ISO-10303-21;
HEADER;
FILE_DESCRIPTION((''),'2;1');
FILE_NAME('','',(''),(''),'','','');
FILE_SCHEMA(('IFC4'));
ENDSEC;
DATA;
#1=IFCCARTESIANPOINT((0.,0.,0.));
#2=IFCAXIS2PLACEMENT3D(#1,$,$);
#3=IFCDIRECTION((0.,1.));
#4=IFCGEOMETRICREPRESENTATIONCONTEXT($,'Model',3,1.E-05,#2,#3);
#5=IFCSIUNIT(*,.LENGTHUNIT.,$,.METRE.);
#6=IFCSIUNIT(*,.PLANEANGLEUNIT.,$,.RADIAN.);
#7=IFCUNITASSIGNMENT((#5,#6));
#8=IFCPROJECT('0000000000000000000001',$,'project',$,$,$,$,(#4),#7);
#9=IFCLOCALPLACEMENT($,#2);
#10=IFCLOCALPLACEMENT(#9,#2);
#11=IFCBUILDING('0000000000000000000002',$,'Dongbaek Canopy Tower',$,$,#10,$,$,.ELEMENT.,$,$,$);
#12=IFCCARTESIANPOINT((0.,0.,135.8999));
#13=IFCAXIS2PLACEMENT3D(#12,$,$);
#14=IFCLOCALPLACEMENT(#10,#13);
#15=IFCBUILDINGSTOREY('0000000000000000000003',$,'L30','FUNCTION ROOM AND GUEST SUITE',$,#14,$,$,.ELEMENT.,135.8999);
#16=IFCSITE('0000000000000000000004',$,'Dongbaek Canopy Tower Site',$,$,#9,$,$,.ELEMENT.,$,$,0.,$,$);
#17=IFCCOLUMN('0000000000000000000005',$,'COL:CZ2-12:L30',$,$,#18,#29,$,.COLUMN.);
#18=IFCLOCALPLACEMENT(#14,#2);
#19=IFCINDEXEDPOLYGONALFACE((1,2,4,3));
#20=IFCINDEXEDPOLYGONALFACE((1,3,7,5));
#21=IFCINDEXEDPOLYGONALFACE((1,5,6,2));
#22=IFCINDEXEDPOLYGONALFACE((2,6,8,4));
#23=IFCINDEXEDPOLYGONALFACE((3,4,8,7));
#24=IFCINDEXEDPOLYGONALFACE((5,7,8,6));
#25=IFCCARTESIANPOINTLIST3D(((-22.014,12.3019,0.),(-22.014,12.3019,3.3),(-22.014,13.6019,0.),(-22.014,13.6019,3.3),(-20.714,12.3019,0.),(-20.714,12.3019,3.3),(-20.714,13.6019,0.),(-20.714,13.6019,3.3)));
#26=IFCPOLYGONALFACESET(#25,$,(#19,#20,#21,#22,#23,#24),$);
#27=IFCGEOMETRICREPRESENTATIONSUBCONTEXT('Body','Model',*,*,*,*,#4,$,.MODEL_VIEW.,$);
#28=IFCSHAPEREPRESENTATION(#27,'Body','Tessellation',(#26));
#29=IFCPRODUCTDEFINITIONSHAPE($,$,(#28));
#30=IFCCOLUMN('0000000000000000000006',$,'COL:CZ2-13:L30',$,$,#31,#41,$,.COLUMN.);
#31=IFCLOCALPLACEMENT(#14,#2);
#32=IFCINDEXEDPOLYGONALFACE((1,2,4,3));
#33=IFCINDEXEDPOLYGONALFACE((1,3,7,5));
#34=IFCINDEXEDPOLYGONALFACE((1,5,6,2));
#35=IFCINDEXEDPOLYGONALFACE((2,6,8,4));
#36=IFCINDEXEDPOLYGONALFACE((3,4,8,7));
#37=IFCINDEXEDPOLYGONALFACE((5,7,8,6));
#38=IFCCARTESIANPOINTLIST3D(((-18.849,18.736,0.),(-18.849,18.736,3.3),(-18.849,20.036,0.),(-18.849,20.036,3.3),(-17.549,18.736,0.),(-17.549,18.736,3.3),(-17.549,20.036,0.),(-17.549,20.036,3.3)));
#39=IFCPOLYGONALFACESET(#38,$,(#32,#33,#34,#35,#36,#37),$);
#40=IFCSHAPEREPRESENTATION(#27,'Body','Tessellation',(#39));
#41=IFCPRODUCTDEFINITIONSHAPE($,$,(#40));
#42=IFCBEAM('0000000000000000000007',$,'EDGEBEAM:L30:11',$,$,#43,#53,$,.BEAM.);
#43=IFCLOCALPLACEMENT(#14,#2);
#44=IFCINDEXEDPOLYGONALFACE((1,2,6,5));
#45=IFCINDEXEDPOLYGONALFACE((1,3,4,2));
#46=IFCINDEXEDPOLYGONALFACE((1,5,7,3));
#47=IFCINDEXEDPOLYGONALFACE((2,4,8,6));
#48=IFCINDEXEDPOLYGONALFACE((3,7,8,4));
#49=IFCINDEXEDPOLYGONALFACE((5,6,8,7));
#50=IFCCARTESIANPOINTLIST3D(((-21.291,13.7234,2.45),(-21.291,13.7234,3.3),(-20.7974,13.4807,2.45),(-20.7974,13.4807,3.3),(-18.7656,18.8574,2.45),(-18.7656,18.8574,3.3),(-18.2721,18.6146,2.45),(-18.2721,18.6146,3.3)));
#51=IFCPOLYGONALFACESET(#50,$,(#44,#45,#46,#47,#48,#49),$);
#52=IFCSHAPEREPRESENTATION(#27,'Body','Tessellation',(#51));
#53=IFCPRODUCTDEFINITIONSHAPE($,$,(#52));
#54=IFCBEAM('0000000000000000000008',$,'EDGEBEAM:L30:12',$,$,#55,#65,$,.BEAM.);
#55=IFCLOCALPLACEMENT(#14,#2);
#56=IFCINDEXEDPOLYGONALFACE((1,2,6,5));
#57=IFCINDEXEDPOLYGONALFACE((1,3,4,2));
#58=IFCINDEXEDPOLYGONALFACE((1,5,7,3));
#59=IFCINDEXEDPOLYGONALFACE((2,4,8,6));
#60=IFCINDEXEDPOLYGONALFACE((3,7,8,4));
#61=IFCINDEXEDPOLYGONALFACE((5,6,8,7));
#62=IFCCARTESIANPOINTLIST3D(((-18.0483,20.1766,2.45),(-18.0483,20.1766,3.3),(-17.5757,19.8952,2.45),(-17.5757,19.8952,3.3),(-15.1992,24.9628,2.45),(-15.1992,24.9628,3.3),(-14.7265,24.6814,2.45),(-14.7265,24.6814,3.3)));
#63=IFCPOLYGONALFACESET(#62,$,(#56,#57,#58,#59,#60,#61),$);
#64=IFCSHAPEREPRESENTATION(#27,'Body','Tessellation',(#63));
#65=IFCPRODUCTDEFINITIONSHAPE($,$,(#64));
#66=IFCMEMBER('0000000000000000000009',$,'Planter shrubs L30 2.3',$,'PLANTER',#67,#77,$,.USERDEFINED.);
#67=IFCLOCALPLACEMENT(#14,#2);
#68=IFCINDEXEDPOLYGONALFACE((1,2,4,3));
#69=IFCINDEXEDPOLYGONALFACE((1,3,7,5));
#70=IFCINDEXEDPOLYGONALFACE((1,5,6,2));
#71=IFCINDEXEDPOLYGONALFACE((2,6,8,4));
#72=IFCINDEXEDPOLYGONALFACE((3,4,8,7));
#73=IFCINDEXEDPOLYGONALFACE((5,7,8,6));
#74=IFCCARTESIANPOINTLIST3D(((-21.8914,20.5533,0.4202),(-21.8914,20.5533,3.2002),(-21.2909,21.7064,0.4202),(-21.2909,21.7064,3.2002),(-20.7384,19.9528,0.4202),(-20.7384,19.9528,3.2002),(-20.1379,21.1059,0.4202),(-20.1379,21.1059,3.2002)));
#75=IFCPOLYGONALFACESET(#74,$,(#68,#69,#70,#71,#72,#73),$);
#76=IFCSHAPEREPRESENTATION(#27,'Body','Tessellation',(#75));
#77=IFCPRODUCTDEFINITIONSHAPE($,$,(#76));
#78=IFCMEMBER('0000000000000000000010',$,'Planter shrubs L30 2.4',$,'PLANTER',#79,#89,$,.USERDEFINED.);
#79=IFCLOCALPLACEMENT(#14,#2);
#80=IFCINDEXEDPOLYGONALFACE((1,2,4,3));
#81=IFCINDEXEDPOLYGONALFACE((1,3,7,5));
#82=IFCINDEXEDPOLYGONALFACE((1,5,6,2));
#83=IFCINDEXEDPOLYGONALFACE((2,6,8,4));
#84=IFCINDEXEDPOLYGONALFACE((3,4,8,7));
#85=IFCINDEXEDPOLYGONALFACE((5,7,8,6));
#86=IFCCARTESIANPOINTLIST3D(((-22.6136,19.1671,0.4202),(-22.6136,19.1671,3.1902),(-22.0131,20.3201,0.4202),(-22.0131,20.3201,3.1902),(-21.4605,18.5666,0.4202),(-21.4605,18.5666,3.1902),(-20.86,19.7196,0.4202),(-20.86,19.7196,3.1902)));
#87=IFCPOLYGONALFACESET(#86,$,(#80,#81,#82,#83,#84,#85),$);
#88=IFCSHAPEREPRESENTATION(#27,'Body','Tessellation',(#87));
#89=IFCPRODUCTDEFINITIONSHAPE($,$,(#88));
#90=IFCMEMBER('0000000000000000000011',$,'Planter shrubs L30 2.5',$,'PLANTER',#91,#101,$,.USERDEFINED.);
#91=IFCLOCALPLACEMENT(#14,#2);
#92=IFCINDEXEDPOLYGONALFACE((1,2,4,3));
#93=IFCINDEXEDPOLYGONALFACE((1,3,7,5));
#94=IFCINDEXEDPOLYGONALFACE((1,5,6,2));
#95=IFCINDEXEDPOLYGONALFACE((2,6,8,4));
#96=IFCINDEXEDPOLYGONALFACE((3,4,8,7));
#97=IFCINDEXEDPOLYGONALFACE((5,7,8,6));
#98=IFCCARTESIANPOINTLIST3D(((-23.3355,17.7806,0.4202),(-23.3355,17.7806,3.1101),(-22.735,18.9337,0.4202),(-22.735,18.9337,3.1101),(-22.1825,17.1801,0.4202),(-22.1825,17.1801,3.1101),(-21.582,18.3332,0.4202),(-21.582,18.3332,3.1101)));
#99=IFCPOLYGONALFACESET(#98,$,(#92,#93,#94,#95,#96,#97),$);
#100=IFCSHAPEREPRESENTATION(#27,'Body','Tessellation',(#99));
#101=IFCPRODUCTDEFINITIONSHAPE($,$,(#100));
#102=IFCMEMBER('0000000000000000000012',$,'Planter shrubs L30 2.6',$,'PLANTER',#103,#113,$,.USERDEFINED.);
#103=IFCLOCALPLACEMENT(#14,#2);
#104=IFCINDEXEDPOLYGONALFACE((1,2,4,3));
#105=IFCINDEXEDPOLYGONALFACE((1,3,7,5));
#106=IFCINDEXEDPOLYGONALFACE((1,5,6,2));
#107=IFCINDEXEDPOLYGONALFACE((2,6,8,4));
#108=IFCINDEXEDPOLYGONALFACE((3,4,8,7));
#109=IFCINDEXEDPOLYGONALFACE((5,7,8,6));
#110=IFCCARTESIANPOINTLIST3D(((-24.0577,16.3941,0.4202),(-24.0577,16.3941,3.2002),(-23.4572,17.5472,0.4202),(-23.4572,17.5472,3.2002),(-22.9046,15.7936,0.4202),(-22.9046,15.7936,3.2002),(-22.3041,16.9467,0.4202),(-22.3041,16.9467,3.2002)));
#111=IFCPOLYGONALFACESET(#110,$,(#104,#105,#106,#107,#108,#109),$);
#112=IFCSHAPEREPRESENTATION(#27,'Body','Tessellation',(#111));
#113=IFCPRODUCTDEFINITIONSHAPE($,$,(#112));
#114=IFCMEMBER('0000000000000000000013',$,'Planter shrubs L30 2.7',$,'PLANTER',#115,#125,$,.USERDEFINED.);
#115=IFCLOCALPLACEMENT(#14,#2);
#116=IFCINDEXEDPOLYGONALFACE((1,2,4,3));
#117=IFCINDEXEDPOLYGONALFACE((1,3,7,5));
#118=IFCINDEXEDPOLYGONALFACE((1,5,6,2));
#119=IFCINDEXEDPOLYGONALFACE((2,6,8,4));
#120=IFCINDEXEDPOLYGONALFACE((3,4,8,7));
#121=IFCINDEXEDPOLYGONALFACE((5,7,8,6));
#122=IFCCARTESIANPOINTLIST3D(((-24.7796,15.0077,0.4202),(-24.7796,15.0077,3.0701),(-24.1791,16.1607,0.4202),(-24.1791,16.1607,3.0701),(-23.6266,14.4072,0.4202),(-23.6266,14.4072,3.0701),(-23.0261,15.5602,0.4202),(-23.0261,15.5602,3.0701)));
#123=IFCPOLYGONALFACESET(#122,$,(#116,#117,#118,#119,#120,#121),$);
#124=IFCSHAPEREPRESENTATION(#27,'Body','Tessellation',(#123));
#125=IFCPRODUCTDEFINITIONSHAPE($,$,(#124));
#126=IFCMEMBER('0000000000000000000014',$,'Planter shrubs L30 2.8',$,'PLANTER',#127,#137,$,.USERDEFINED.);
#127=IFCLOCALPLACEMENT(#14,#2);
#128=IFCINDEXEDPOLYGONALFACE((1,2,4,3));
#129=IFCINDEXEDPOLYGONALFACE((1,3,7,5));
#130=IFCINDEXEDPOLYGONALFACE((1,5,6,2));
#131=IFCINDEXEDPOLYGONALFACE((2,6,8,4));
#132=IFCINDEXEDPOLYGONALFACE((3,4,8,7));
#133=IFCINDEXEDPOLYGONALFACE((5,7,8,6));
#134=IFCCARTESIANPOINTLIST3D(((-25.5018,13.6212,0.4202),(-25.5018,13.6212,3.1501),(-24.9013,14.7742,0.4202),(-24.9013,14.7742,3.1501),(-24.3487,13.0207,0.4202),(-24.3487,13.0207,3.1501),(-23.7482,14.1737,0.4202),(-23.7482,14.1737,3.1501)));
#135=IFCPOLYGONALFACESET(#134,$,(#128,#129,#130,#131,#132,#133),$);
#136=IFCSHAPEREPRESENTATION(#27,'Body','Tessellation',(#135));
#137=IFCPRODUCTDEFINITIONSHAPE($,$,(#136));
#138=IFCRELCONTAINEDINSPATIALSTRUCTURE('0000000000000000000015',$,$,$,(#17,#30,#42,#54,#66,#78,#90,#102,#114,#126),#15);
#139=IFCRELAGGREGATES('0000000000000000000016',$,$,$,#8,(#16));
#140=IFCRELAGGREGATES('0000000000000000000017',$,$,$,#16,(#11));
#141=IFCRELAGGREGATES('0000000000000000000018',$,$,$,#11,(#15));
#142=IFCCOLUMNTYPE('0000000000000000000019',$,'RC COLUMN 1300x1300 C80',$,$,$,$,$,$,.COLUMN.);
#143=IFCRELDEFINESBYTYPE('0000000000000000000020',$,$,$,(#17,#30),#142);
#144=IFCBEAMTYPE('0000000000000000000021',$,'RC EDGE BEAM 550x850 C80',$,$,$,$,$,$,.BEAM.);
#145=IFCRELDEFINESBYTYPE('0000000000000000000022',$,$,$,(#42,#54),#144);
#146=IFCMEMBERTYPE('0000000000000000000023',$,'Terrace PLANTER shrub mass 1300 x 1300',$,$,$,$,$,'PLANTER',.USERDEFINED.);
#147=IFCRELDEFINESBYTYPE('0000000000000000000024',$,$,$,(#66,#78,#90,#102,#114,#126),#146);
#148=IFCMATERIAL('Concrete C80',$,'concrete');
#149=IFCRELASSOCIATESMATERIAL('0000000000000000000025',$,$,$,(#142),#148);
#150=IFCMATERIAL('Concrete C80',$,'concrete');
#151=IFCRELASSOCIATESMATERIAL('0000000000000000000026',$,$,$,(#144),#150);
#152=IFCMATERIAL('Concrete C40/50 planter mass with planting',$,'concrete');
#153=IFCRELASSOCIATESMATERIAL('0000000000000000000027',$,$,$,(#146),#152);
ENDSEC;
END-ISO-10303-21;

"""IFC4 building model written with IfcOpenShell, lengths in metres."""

from ifc_helpers import new_model, si_unit, direction, frame, origin, origin_2d, place, context, subcontext, project, spatial, rectangle, extrude, material, material_profile, profile_set, type_object, element, save


model = new_model("IFC4")

# Units and contexts
model_context = context("Model", 3, precision=1e-05, world=origin(), true_north=direction((0.0, 1.0)))
body_context = subcontext(model_context, "Body", "Model", "MODEL_VIEW")
ifc_project = project(units=[si_unit("LENGTHUNIT", "METRE"), si_unit("PLANEANGLEUNIT", "RADIAN")], contexts=[model_context])

# Site, building, storey
site_placement = place(None, origin())
site = spatial("IfcSite", under=ifc_project, at=site_placement, Name="Dongbaek Canopy Tower Site", CompositionType="ELEMENT", RefElevation=0.0)
building_placement = place(site_placement, origin())
building = spatial("IfcBuilding", under=site, at=building_placement, Name="Dongbaek Canopy Tower", CompositionType="ELEMENT")
storey_placement = place(building_placement, frame((0.0, 0.0, 135.8999)))
storey = spatial("IfcBuildingStorey", under=building, at=storey_placement, Name="L30", Description="FUNCTION ROOM AND GUEST SUITE", CompositionType="ELEMENT", Elevation=135.8999)

# Columns
ifc_material_1 = material(Name="Concrete C80", Category="concrete")
ifc_material_profile_1 = material_profile(ifc_material_1, rectangle(XDim=1.3, YDim=1.3, at=origin_2d()), Name="RC COLUMN 1300x1300 C80")
ifc_profile_set_1 = profile_set([ifc_material_profile_1], Name="Concrete C80")
column_type = type_object("IfcColumnType", Name="RC COLUMN 1300x1300 C80", PredefinedType="COLUMN", material=ifc_profile_set_1)
for number, where, z_axis, x_axis, name in (
    (1, (-21.364, 12.9519, 0.0), (0.0, 0.0, 1.0), (1.0, 0.0, 0.0), "COL:CZ2-12:L30"),
    (2, (-18.199, 19.386, 0.0), (0.0, 0.0, 1.0), (1.0, 0.0, 0.0), "COL:CZ2-13:L30"),
):
    element("IfcColumn", number, at=place(storey_placement, frame(where, z_axis=z_axis, x_axis=x_axis)), inside=storey, type_object=column_type, Name=name, PredefinedType="COLUMN", context=body_context, shape_type="SweptSolid", body=[
        extrude(rectangle(XDim=1.3, YDim=1.3, at=origin_2d()), origin(), (0.0, 0.0, 1.0), 3.3),
    ])

# Beams
ifc_material_2 = material(Name="Concrete C80", Category="concrete")
ifc_material_profile_2 = material_profile(ifc_material_2, rectangle(XDim=0.55, YDim=0.8501, at=origin_2d()), Name="RC EDGE BEAM 550x850 C80")
ifc_profile_set_2 = profile_set([ifc_material_profile_2], Name="Concrete C80")
beam_type = type_object("IfcBeamType", Name="RC EDGE BEAM 550x850 C80", PredefinedType="BEAM", material=ifc_profile_set_2)
beam_1_placement = place(storey_placement, frame((-21.0442, 13.6021, 2.875), z_axis=(0.441384, 0.897318, 0.0), x_axis=(-0.897318, 0.441384, 0.0)))
element("IfcBeam", 3, at=beam_1_placement, inside=storey, type_object=beam_type, Name="EDGEBEAM:L30:11", PredefinedType="BEAM", context=body_context, shape_type="SweptSolid", body=[
    extrude(rectangle(XDim=0.55, YDim=0.8501, at=origin_2d()), origin(), (0.0, 0.0, 1.0), 5.7214),
])
beam_2_placement = place(storey_placement, frame((-17.812, 20.0359, 2.875), z_axis=(0.511515, 0.859275, 0.0), x_axis=(-0.859275, 0.511515, 0.0)))
element("IfcBeam", 4, at=beam_2_placement, inside=storey, type_object=beam_type, Name="EDGEBEAM:L30:12", PredefinedType="BEAM", context=body_context, shape_type="SweptSolid", body=[
    extrude(rectangle(XDim=0.55, YDim=0.8501, at=origin_2d()), origin(), (0.0, 0.0, 1.0), 5.5701),
])

# Members
ifc_material_3 = material(Name="Concrete C40/50 planter mass with planting", Category="concrete")
ifc_material_profile_3 = material_profile(ifc_material_3, rectangle(XDim=1.3, YDim=1.3, at=origin_2d()), Name="Terrace PLANTER shrub mass 1300 x 1300")
ifc_profile_set_3 = profile_set([ifc_material_profile_3], Name="Concrete C40/50 planter mass with planting")
member_type = type_object("IfcMemberType", Name="Terrace PLANTER shrub mass 1300 x 1300", ElementType="PLANTER", PredefinedType="USERDEFINED", material=ifc_profile_set_3)
member_1_placement = place(storey_placement, frame((-21.0146, 20.8296, 0.4202), z_axis=(0.0, 0.0, 1.0), x_axis=(-0.886927, 0.46191, 0.0)))
element("IfcMember", 5, at=member_1_placement, inside=storey, type_object=member_type, Name="Planter shrubs L30 2.3", ObjectType="PLANTER", PredefinedType="USERDEFINED", context=body_context, shape_type="SweptSolid", body=[
    extrude(rectangle(XDim=1.3, YDim=1.3, at=origin_2d()), origin(), (0.0, 0.0, 1.0), 2.78),
])
member_2_placement = place(storey_placement, frame((-21.7368, 19.4434, 0.4202), z_axis=(0.0, 0.0, 1.0), x_axis=(-0.886927, 0.46191, 0.0)))
element("IfcMember", 6, at=member_2_placement, inside=storey, type_object=member_type, Name="Planter shrubs L30 2.4", ObjectType="PLANTER", PredefinedType="USERDEFINED", context=body_context, shape_type="SweptSolid", body=[
    extrude(rectangle(XDim=1.3, YDim=1.3, at=origin_2d()), origin(), (0.0, 0.0, 1.0), 2.77),
])
member_3_placement = place(storey_placement, frame((-22.4587, 18.0569, 0.4202), z_axis=(0.0, 0.0, 1.0), x_axis=(-0.886927, 0.46191, 0.0)))
element("IfcMember", 7, at=member_3_placement, inside=storey, type_object=member_type, Name="Planter shrubs L30 2.5", ObjectType="PLANTER", PredefinedType="USERDEFINED", context=body_context, shape_type="SweptSolid", body=[
    extrude(rectangle(XDim=1.3, YDim=1.3, at=origin_2d()), origin(), (0.0, 0.0, 1.0), 2.6899),
])
member_4_placement = place(storey_placement, frame((-23.1809, 16.6704, 0.4202), z_axis=(0.0, 0.0, 1.0), x_axis=(-0.886927, 0.46191, 0.0)))
element("IfcMember", 8, at=member_4_placement, inside=storey, type_object=member_type, Name="Planter shrubs L30 2.6", ObjectType="PLANTER", PredefinedType="USERDEFINED", context=body_context, shape_type="SweptSolid", body=[
    extrude(rectangle(XDim=1.3, YDim=1.3, at=origin_2d()), origin(), (0.0, 0.0, 1.0), 2.78),
])
member_5_placement = place(storey_placement, frame((-23.9028, 15.2839, 0.4202), z_axis=(0.0, 0.0, 1.0), x_axis=(-0.886927, 0.46191, 0.0)))
element("IfcMember", 9, at=member_5_placement, inside=storey, type_object=member_type, Name="Planter shrubs L30 2.7", ObjectType="PLANTER", PredefinedType="USERDEFINED", context=body_context, shape_type="SweptSolid", body=[
    extrude(rectangle(XDim=1.3, YDim=1.3, at=origin_2d()), origin(), (0.0, 0.0, 1.0), 2.6499),
])
member_6_placement = place(storey_placement, frame((-24.625, 13.8975, 0.4202), z_axis=(0.0, 0.0, 1.0), x_axis=(-0.886927, 0.46191, 0.0)))
element("IfcMember", 10, at=member_6_placement, inside=storey, type_object=member_type, Name="Planter shrubs L30 2.8", ObjectType="PLANTER", PredefinedType="USERDEFINED", context=body_context, shape_type="SweptSolid", body=[
    extrude(rectangle(XDim=1.3, YDim=1.3, at=origin_2d()), origin(), (0.0, 0.0, 1.0), 2.73),
])

save(model, "model.ifc")
